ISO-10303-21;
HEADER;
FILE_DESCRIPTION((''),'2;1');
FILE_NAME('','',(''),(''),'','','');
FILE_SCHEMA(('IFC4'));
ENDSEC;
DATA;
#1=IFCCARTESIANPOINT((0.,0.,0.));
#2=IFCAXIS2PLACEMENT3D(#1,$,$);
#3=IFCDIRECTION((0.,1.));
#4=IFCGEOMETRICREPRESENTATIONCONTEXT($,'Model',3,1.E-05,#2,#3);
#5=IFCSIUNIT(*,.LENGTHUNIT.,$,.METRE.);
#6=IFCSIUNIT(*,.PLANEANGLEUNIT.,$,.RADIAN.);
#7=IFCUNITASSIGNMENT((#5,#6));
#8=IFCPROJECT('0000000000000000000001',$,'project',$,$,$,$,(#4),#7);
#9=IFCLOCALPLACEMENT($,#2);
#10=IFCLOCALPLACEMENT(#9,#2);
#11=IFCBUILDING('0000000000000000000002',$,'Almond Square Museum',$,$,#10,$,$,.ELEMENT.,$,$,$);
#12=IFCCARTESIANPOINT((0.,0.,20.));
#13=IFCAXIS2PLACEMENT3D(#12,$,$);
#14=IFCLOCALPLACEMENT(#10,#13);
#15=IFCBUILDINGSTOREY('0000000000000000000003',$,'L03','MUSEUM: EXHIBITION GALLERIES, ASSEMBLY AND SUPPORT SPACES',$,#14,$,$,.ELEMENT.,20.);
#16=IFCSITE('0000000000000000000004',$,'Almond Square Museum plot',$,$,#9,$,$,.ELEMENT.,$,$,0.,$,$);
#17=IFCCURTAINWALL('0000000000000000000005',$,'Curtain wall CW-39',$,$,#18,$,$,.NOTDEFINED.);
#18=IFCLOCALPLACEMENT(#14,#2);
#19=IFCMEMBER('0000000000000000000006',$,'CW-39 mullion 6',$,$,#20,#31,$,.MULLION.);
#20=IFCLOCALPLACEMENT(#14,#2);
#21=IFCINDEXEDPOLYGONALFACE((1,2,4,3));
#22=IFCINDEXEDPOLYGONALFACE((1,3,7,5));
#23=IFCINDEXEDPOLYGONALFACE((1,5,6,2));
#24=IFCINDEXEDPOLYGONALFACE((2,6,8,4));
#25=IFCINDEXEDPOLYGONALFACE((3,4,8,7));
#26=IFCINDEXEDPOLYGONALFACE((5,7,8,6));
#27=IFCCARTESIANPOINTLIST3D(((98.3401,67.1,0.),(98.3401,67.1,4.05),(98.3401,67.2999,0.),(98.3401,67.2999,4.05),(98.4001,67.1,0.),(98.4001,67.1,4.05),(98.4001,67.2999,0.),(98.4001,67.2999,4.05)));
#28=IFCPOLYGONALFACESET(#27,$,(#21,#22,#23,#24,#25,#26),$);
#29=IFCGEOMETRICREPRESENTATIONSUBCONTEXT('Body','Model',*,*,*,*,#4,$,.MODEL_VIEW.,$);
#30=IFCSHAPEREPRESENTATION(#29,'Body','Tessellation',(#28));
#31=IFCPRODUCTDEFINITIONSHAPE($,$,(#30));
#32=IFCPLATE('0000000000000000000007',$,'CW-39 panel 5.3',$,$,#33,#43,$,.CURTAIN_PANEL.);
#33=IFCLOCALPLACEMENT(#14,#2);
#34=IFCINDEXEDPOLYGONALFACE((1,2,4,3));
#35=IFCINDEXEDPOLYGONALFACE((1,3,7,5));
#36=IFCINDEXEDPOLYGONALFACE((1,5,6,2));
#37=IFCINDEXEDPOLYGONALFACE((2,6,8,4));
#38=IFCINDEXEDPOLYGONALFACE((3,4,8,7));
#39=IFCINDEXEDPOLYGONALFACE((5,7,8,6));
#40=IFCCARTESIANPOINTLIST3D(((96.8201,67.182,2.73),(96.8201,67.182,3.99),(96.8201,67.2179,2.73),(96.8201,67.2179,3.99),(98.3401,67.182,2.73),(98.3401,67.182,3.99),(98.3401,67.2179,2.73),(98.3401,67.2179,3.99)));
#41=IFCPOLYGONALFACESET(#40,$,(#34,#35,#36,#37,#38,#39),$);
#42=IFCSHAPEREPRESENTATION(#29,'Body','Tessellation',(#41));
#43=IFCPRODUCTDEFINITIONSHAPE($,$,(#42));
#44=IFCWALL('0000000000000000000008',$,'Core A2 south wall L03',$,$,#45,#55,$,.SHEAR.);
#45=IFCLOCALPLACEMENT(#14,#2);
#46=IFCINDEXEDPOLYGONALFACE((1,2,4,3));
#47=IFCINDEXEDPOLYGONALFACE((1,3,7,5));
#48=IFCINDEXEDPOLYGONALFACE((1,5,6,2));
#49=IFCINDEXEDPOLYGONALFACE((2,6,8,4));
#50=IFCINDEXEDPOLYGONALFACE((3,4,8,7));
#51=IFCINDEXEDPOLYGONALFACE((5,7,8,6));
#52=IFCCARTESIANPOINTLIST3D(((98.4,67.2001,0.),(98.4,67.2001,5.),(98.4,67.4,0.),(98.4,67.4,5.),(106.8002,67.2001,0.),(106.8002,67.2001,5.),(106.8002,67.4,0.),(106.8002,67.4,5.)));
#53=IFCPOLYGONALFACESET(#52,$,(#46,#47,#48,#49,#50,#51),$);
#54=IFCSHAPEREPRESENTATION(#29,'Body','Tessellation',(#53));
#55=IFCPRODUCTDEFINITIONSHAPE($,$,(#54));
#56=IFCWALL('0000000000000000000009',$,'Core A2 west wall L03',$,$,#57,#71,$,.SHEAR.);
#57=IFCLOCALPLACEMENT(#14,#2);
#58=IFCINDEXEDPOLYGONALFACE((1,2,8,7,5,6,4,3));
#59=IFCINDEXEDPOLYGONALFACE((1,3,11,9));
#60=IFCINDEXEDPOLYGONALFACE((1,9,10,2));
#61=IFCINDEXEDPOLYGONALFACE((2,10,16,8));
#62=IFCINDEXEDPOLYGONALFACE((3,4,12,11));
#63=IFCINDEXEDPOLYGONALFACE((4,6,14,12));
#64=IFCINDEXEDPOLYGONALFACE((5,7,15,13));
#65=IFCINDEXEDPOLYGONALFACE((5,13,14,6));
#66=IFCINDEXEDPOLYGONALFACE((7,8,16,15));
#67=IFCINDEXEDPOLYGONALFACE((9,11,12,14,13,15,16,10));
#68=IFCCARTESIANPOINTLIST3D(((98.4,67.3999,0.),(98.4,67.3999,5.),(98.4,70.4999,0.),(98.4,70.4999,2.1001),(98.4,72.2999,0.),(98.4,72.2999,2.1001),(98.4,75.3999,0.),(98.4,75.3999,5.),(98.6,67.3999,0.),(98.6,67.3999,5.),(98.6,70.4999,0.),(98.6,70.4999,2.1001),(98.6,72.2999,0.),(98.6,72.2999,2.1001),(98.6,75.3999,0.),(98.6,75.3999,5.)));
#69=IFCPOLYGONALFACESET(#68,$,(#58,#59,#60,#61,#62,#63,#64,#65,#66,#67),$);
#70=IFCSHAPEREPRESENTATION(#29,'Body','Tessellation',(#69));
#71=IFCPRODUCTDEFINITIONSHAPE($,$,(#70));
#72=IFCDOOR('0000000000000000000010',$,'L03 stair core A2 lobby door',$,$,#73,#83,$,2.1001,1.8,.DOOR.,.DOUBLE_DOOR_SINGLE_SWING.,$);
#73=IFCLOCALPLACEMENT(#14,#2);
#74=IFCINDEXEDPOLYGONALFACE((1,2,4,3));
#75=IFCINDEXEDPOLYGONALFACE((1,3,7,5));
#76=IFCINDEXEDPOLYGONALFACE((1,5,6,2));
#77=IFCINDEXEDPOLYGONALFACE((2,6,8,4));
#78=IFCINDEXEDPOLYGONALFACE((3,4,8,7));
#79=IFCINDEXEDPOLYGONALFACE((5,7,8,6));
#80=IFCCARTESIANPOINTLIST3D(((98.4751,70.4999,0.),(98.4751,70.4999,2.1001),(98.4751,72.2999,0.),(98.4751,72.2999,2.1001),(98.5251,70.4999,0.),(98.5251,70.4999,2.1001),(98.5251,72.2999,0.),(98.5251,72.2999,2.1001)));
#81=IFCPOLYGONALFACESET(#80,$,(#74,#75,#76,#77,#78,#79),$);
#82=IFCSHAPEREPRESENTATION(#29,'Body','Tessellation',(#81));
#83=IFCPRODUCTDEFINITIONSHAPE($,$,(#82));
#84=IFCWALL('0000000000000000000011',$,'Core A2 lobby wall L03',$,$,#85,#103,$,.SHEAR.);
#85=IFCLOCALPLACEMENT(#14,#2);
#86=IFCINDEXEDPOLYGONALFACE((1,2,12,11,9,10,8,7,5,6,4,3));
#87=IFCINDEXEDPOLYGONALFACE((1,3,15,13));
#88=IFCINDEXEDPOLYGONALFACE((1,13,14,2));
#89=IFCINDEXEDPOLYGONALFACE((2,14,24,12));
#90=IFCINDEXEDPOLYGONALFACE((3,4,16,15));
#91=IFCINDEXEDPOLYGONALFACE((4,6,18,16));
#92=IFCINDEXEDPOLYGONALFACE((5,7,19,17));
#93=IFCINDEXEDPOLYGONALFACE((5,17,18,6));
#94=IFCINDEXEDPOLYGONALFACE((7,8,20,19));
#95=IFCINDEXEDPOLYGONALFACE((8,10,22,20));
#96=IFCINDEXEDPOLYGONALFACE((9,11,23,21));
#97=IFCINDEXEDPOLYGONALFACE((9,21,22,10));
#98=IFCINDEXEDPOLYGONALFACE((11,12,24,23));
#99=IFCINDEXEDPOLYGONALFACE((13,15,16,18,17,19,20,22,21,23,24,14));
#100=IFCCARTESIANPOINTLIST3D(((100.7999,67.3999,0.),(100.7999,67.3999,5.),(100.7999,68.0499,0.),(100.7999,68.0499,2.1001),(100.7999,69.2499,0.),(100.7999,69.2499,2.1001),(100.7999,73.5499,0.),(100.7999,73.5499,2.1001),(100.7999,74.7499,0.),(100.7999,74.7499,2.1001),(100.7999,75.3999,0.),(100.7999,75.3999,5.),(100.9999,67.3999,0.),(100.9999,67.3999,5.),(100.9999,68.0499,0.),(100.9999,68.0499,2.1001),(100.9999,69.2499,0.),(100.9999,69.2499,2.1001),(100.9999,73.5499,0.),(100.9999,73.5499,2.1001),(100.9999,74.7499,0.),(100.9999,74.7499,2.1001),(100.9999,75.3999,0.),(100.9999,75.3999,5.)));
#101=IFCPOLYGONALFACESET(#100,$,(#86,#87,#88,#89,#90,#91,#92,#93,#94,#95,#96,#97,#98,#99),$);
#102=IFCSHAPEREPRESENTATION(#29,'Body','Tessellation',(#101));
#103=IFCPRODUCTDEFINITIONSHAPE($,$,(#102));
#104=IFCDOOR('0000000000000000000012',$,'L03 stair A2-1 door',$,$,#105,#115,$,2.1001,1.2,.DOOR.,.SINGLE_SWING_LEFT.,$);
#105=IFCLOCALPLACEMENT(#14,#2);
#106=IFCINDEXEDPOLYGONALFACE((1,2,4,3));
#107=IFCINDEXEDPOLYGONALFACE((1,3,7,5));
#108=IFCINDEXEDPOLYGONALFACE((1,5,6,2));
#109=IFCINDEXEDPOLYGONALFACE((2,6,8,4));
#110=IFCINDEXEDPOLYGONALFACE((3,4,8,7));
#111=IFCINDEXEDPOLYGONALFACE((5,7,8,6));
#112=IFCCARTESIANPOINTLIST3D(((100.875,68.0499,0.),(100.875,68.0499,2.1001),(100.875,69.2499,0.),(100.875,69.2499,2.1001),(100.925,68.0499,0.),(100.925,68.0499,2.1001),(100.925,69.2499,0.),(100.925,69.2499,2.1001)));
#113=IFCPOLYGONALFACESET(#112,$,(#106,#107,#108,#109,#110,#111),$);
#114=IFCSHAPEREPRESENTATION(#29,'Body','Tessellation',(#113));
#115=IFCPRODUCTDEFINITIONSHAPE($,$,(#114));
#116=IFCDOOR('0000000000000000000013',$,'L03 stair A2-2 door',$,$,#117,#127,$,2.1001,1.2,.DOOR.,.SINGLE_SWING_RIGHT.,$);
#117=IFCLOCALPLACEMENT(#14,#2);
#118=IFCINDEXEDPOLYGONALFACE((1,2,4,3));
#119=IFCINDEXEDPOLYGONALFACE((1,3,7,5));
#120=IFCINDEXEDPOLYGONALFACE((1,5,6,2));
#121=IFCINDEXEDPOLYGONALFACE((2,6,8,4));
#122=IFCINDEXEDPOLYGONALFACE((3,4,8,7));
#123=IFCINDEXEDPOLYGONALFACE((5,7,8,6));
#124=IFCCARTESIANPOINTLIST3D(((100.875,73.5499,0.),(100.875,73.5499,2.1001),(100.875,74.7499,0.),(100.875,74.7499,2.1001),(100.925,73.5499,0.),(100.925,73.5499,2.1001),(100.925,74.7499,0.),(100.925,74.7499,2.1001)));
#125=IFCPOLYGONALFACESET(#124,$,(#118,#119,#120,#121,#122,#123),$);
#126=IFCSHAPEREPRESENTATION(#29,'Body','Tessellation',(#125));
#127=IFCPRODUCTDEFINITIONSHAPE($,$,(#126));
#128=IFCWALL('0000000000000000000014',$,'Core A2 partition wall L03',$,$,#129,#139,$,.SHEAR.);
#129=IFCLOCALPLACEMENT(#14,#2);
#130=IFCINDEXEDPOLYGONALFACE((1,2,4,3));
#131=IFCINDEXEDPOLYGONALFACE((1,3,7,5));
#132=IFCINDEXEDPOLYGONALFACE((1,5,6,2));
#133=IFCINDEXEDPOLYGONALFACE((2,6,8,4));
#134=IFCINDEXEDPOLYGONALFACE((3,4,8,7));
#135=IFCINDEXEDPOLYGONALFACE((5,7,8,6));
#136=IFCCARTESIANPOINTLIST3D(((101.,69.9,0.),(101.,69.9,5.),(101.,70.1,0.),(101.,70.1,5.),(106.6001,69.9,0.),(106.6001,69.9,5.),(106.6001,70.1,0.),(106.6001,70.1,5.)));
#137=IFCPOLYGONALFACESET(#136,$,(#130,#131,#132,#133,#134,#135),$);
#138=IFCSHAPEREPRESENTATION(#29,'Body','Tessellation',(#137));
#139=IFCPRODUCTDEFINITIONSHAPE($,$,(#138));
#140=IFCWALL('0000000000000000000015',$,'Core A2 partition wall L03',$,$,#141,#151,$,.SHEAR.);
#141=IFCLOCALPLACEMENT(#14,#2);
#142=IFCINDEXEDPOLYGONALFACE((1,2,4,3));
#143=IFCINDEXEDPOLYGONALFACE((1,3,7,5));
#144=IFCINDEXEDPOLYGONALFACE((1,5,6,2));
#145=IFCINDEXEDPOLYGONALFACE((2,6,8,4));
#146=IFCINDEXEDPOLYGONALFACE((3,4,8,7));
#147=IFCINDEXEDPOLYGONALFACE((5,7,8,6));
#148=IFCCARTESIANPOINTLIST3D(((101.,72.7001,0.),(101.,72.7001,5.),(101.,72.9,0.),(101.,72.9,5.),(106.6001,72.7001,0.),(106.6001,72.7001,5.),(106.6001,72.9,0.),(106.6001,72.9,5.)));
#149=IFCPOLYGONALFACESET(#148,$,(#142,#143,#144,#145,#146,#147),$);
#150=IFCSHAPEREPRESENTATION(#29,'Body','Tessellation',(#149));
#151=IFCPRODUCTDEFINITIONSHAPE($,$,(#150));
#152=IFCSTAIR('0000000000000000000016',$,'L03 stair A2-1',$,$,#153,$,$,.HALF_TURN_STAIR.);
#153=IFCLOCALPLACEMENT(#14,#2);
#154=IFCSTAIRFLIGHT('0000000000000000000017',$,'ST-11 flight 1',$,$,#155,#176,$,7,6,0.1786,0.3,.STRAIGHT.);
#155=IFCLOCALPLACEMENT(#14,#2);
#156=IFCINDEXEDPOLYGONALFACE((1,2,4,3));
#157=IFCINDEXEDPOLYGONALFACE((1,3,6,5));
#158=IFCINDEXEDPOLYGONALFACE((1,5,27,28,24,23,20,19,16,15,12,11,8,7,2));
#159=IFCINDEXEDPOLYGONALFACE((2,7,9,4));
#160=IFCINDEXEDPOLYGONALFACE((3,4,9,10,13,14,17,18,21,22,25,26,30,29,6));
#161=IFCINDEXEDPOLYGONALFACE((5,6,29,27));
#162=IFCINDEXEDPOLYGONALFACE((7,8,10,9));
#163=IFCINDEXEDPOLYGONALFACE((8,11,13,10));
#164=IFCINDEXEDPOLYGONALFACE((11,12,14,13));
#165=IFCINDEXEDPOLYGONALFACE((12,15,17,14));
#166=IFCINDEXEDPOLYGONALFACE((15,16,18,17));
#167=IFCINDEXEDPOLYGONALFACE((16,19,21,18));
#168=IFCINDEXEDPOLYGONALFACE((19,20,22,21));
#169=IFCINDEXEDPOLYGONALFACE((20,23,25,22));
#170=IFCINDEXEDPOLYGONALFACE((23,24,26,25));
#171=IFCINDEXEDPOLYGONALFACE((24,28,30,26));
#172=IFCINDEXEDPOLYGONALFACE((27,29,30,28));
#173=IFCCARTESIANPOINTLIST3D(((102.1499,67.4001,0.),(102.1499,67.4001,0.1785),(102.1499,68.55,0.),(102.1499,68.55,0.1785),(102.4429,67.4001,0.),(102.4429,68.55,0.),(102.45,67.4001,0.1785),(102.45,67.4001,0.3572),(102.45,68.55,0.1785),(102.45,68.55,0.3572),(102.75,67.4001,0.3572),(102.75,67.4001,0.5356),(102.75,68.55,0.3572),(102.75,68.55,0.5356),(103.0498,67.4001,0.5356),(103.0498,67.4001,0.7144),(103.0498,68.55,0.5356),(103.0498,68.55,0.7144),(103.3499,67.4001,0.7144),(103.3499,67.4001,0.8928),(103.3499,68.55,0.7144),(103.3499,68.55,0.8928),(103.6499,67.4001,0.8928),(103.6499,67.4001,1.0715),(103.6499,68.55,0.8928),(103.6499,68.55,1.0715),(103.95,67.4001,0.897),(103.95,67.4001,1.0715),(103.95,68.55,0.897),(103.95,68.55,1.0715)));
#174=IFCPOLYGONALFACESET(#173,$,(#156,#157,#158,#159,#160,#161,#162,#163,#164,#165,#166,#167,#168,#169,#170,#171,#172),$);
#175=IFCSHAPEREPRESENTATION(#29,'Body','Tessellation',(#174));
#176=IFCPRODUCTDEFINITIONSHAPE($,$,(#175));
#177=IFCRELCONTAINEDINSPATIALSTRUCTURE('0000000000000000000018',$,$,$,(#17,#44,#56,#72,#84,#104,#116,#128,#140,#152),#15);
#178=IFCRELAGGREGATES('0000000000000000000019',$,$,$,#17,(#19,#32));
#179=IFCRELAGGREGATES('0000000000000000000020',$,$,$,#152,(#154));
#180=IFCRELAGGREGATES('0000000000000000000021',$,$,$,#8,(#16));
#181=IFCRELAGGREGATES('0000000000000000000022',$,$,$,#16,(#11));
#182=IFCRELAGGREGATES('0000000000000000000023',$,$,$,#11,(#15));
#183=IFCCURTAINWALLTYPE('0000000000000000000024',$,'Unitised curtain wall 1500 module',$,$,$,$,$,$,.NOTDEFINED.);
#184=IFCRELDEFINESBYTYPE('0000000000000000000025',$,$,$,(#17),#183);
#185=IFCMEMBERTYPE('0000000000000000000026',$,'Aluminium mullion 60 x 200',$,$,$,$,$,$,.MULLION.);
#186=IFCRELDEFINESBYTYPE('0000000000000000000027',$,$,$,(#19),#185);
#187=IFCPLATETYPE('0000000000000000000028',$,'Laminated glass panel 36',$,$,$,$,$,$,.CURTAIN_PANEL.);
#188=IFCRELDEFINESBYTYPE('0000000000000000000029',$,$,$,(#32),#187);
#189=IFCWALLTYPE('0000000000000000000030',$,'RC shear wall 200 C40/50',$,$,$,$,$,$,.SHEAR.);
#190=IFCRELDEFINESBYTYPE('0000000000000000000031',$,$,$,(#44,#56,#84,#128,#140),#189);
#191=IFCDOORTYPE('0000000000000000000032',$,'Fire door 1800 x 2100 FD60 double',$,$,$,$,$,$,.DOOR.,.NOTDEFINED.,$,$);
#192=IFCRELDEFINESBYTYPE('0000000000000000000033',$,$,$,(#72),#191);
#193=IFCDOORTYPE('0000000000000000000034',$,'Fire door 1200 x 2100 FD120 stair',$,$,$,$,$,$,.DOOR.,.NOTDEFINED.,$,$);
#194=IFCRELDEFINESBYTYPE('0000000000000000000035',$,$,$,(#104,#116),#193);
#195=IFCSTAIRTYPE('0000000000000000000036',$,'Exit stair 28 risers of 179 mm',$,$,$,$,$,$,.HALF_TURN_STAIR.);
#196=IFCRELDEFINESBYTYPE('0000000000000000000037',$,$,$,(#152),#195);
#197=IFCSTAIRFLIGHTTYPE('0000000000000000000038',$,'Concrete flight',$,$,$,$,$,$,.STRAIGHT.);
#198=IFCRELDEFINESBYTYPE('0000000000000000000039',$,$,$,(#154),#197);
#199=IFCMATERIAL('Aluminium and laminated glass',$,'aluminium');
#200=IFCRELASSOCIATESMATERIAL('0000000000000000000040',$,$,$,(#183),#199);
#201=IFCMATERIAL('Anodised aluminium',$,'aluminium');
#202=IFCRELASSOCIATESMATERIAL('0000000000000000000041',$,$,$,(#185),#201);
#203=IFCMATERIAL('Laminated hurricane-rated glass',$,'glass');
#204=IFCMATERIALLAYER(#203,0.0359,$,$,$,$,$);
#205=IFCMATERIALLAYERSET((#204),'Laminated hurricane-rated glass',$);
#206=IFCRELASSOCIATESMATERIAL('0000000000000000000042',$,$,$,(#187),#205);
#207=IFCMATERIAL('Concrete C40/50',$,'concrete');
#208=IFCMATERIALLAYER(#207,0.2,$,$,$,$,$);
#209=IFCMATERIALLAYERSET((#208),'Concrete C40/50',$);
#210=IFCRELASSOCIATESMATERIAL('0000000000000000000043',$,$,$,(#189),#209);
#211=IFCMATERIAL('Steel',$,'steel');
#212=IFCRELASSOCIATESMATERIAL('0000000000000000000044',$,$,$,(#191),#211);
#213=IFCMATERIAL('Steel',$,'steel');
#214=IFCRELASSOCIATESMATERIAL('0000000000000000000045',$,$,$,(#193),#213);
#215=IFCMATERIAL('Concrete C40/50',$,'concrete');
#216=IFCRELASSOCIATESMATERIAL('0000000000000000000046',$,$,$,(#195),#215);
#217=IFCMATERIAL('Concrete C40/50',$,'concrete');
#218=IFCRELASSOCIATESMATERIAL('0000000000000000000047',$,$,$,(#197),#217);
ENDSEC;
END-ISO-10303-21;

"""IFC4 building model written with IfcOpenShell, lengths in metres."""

from ifc_helpers import new_model, si_unit, direction, frame, frame_2d, origin, origin_2d, place, context, subcontext, project, spatial, polyline, rectangle, outline, extrude, material, layer, layer_set, material_profile, profile_set, type_object, element, fill, aggregate, save


model = new_model("IFC4")

# Units and contexts
model_context = context("Model", 3, precision=1e-05, world=origin(), true_north=direction((0.0, 1.0)))
body_context = subcontext(model_context, "Body", "Model", "MODEL_VIEW")
ifc_project = project(units=[si_unit("LENGTHUNIT", "METRE"), si_unit("PLANEANGLEUNIT", "RADIAN")], contexts=[model_context])

# Site, building, storey
site_placement = place(None, origin())
site = spatial("IfcSite", under=ifc_project, at=site_placement, Name="Almond Square Museum plot", CompositionType="ELEMENT", RefElevation=0.0)
building_placement = place(site_placement, origin())
building = spatial("IfcBuilding", under=site, at=building_placement, Name="Almond Square Museum", CompositionType="ELEMENT")
storey_placement = place(building_placement, frame((0.0, 0.0, 20.0)))
storey = spatial("IfcBuildingStorey", under=building, at=storey_placement, Name="L03", Description="MUSEUM: EXHIBITION GALLERIES, ASSEMBLY AND SUPPORT SPACES", CompositionType="ELEMENT", Elevation=20.0)

# Curtain wall, member, plate
ifc_material_1 = material(Name="Aluminium and laminated glass", Category="aluminium")
curtain_wall_type = type_object("IfcCurtainWallType", Name="Unitised curtain wall 1500 module", PredefinedType="NOTDEFINED", material=ifc_material_1)
curtain_wall_placement = place(storey_placement, origin())
curtain_wall = element("IfcCurtainWall", 1, at=curtain_wall_placement, inside=storey, type_object=curtain_wall_type, Name="Curtain wall CW-39", PredefinedType="NOTDEFINED")
ifc_material_2 = material(Name="Anodised aluminium", Category="aluminium")
ifc_material_profile = material_profile(ifc_material_2, rectangle(XDim=0.2, YDim=0.0601, at=origin_2d()))
ifc_profile_set = profile_set([ifc_material_profile], Name="Anodised aluminium")
member_type = type_object("IfcMemberType", Name="Aluminium mullion 60 x 200", PredefinedType="MULLION", material=ifc_profile_set)
member_placement = place(storey_placement, frame((98.3701, 67.2, 0.0), z_axis=(0.0, 0.0, 1.0), x_axis=(0.0, 1.0, 0.0)))
member = element("IfcMember", 2, at=member_placement, type_object=member_type, Name="CW-39 mullion 6", PredefinedType="MULLION", context=body_context, shape_type="SweptSolid", body=[
    extrude(rectangle(XDim=0.2, YDim=0.0601, at=origin_2d()), origin(), (0.0, 0.0, 1.0), 4.05),
])
ifc_material_3 = material(Name="Laminated hurricane-rated glass", Category="glass")
ifc_layer_1 = layer(ifc_material_3, 0.0359)
ifc_layer_set_1 = layer_set([ifc_layer_1], Name="Laminated hurricane-rated glass")
plate_type = type_object("IfcPlateType", Name="Laminated glass panel 36", PredefinedType="CURTAIN_PANEL", material=ifc_layer_set_1)
plate_placement = place(storey_placement, frame((97.5801, 67.2, 2.73), z_axis=(0.0, 0.0, 1.0), x_axis=(1.0, 0.0, 0.0)))
plate = element("IfcPlate", 3, at=plate_placement, type_object=plate_type, Name="CW-39 panel 5.3", PredefinedType="CURTAIN_PANEL", context=body_context, shape_type="SweptSolid", body=[
    extrude(rectangle(XDim=1.52, YDim=0.0359, at=origin_2d()), origin(), (0.0, 0.0, 1.0), 1.26),
])
aggregate(curtain_wall, [member, plate])

# Wall
ifc_material_4 = material(Name="Concrete C40/50", Category="concrete")
ifc_layer_2 = layer(ifc_material_4, 0.2)
ifc_layer_set_2 = layer_set([ifc_layer_2], Name="Concrete C40/50")
wall_type = type_object("IfcWallType", Name="RC shear wall 200 C40/50", PredefinedType="SHEAR", material=ifc_layer_set_2)
wall_1_placement = place(storey_placement, frame((98.3999, 67.3, 0.0), z_axis=(0.0, 0.0, 1.0), x_axis=(1.0, 0.0, 0.0)))
element("IfcWall", 4, at=wall_1_placement, inside=storey, type_object=wall_type, Name="Core A2 south wall L03", PredefinedType="SHEAR", context=body_context, shape_type="SweptSolid", body=[
    extrude(rectangle(XDim=8.4001, YDim=0.2, at=frame_2d((4.2002, 0.0))), origin(), (0.0, 0.0, 1.0), 5.0),
])

# Wall, opening, door
wall_2_placement = place(storey_placement, frame((98.5, 67.3999, 0.0), z_axis=(0.0, 0.0, 1.0), x_axis=(0.0, 1.0, 0.0)))
wall_2 = element("IfcWall", 5, at=wall_2_placement, inside=storey, type_object=wall_type, Name="Core A2 west wall L03", PredefinedType="SHEAR", context=body_context, shape_type="SweptSolid", body=[
    extrude(rectangle(XDim=8.0, YDim=0.2, at=frame_2d((4.0, 0.0))), origin(), (0.0, 0.0, 1.0), 5.0),
])
opening_1_placement = place(wall_2_placement, frame((3.1001, 0.0, 0.0)))
opening_1 = element("IfcOpeningElement", 6, at=opening_1_placement, cuts=wall_2, PredefinedType="OPENING", context=body_context, shape_type="SweptSolid", body=[
    extrude(rectangle(XDim=1.8, YDim=2.1001, at=frame_2d((0.8999, 1.05))), frame((0.0, 0.1099, 0.0), z_axis=(0.0, -1.0, 0.0), x_axis=(1.0, 0.0, 0.0)), (0.0, 0.0, 1.0), 0.22),
])
ifc_material_5 = material(Name="Steel", Category="steel")
door_type_1 = type_object("IfcDoorType", Name="Fire door 1800 x 2100 FD60 double", OperationType="NOTDEFINED", PredefinedType="DOOR", material=ifc_material_5)
door_1_placement = place(opening_1_placement, origin())
door_1 = element("IfcDoor", 7, at=door_1_placement, inside=storey, type_object=door_type_1, Name="L03 stair core A2 lobby door", OperationType="DOUBLE_DOOR_SINGLE_SWING", OverallHeight=2.1001, OverallWidth=1.8, PredefinedType="DOOR", context=body_context, shape_type="SweptSolid", body=[
    extrude(rectangle(XDim=1.8, YDim=2.1001, at=frame_2d((0.8999, 1.05))), frame((0.0, 0.0249, 0.0), z_axis=(0.0, -1.0, 0.0), x_axis=(1.0, 0.0, 0.0)), (0.0, 0.0, 1.0), 0.05),
])
fill(opening_1, door_1)

# Wall, openings, doors
wall_3_placement = place(storey_placement, frame((100.8999, 67.3999, 0.0), z_axis=(0.0, 0.0, 1.0), x_axis=(0.0, 1.0, 0.0)))
wall_3 = element("IfcWall", 8, at=wall_3_placement, inside=storey, type_object=wall_type, Name="Core A2 lobby wall L03", PredefinedType="SHEAR", context=body_context, shape_type="SweptSolid", body=[
    extrude(rectangle(XDim=8.0, YDim=0.2, at=frame_2d((4.0, 0.0))), origin(), (0.0, 0.0, 1.0), 5.0),
])
opening_2_placement = place(wall_3_placement, frame((0.6499, 0.0, 0.0)))
opening_2 = element("IfcOpeningElement", 9, at=opening_2_placement, cuts=wall_3, PredefinedType="OPENING", context=body_context, shape_type="SweptSolid", body=[
    extrude(rectangle(XDim=1.2, YDim=2.1001, at=frame_2d((0.6001, 1.05))), frame((0.0, 0.1099, 0.0), z_axis=(0.0, -1.0, 0.0), x_axis=(1.0, 0.0, 0.0)), (0.0, 0.0, 1.0), 0.22),
])
opening_3_placement = place(wall_3_placement, frame((6.1499, 0.0, 0.0)))
opening_3 = element("IfcOpeningElement", 10, at=opening_3_placement, cuts=wall_3, PredefinedType="OPENING", context=body_context, shape_type="SweptSolid", body=[
    extrude(rectangle(XDim=1.2, YDim=2.1001, at=frame_2d((0.6001, 1.05))), frame((0.0, 0.1099, 0.0), z_axis=(0.0, -1.0, 0.0), x_axis=(1.0, 0.0, 0.0)), (0.0, 0.0, 1.0), 0.22),
])
ifc_material_6 = material(Name="Steel", Category="steel")
door_type_2 = type_object("IfcDoorType", Name="Fire door 1200 x 2100 FD120 stair", OperationType="NOTDEFINED", PredefinedType="DOOR", material=ifc_material_6)
door_2_placement = place(opening_2_placement, origin())
door_2 = element("IfcDoor", 11, at=door_2_placement, inside=storey, type_object=door_type_2, Name="L03 stair A2-1 door", OperationType="SINGLE_SWING_LEFT", OverallHeight=2.1001, OverallWidth=1.2, PredefinedType="DOOR", context=body_context, shape_type="SweptSolid", body=[
    extrude(rectangle(XDim=1.2, YDim=2.1001, at=frame_2d((0.6001, 1.05))), frame((0.0, 0.0249, 0.0), z_axis=(0.0, -1.0, 0.0), x_axis=(1.0, 0.0, 0.0)), (0.0, 0.0, 1.0), 0.05),
])
fill(opening_2, door_2)
door_3_placement = place(opening_3_placement, origin())
door_3 = element("IfcDoor", 12, at=door_3_placement, inside=storey, type_object=door_type_2, Name="L03 stair A2-2 door", OperationType="SINGLE_SWING_RIGHT", OverallHeight=2.1001, OverallWidth=1.2, PredefinedType="DOOR", context=body_context, shape_type="SweptSolid", body=[
    extrude(rectangle(XDim=1.2, YDim=2.1001, at=frame_2d((0.6001, 1.05))), frame((0.0, 0.0249, 0.0), z_axis=(0.0, -1.0, 0.0), x_axis=(1.0, 0.0, 0.0)), (0.0, 0.0, 1.0), 0.05),
])
fill(opening_3, door_3)

# Walls
for number, where, z_axis, x_axis, name in (
    (13, (101.0, 70.0, 0.0), (0.0, 0.0, 1.0), (1.0, 0.0, 0.0), "Core A2 partition wall L03"),
    (14, (101.0, 72.8, 0.0), (0.0, 0.0, 1.0), (1.0, 0.0, 0.0), "Core A2 partition wall L03"),
):
    element("IfcWall", number, at=place(storey_placement, frame(where, z_axis=z_axis, x_axis=x_axis)), inside=storey, type_object=wall_type, Name=name, PredefinedType="SHEAR", context=body_context, shape_type="SweptSolid", body=[
        extrude(rectangle(XDim=5.6001, YDim=0.2, at=frame_2d((2.8, 0.0))), origin(), (0.0, 0.0, 1.0), 5.0),
    ])

# Stair, stair flight
ifc_material_7 = material(Name="Concrete C40/50", Category="concrete")
stair_type = type_object("IfcStairType", Name="Exit stair 28 risers of 179 mm", PredefinedType="HALF_TURN_STAIR", material=ifc_material_7)
stair_1_placement = place(storey_placement, origin())
stair_1 = element("IfcStair", 15, at=stair_1_placement, inside=storey, type_object=stair_type, Name="L03 stair A2-1", PredefinedType="HALF_TURN_STAIR")
ifc_material_8 = material(Name="Concrete C40/50", Category="concrete")
stair_flight_type = type_object("IfcStairFlightType", Name="Concrete flight", PredefinedType="STRAIGHT", material=ifc_material_8)
stair_flight_1_placement = place(storey_placement, frame((102.1499, 67.9751, 0.0), z_axis=(0.0, 0.0, 1.0), x_axis=(1.0, 0.0, 0.0)))
stair_flight_1 = element("IfcStairFlight", 16, at=stair_flight_1_placement, type_object=stair_flight_type, Name="ST-11 flight 1", NumberOfRisers=7, NumberOfTreads=6, PredefinedType="STRAIGHT", RiserHeight=0.1786, TreadLength=0.3, context=body_context, shape_type="SweptSolid", body=[
    extrude(outline(polyline([(0.0, 0.0), (0.0, 0.1785), (0.3, 0.1785), (0.3, 0.3572), (0.6001, 0.3572), (0.6001, 0.5356), (0.8999, 0.5356), (0.8999, 0.7144), (1.2, 0.7144), (1.2, 0.8928), (1.5, 0.8928), (1.5, 1.0715), (1.8, 1.0715), (1.8, 1.25), (1.8, 0.897), (0.293, 0.0), (0.0, 0.0)])), frame((0.0, 0.575, 0.0), z_axis=(0.0, -1.0, 0.0), x_axis=(1.0, 0.0, 0.0)), (0.0, 0.0, 1.0), 1.1499),
])
aggregate(stair_1, [stair_flight_1])

save(model, "model.ifc")
